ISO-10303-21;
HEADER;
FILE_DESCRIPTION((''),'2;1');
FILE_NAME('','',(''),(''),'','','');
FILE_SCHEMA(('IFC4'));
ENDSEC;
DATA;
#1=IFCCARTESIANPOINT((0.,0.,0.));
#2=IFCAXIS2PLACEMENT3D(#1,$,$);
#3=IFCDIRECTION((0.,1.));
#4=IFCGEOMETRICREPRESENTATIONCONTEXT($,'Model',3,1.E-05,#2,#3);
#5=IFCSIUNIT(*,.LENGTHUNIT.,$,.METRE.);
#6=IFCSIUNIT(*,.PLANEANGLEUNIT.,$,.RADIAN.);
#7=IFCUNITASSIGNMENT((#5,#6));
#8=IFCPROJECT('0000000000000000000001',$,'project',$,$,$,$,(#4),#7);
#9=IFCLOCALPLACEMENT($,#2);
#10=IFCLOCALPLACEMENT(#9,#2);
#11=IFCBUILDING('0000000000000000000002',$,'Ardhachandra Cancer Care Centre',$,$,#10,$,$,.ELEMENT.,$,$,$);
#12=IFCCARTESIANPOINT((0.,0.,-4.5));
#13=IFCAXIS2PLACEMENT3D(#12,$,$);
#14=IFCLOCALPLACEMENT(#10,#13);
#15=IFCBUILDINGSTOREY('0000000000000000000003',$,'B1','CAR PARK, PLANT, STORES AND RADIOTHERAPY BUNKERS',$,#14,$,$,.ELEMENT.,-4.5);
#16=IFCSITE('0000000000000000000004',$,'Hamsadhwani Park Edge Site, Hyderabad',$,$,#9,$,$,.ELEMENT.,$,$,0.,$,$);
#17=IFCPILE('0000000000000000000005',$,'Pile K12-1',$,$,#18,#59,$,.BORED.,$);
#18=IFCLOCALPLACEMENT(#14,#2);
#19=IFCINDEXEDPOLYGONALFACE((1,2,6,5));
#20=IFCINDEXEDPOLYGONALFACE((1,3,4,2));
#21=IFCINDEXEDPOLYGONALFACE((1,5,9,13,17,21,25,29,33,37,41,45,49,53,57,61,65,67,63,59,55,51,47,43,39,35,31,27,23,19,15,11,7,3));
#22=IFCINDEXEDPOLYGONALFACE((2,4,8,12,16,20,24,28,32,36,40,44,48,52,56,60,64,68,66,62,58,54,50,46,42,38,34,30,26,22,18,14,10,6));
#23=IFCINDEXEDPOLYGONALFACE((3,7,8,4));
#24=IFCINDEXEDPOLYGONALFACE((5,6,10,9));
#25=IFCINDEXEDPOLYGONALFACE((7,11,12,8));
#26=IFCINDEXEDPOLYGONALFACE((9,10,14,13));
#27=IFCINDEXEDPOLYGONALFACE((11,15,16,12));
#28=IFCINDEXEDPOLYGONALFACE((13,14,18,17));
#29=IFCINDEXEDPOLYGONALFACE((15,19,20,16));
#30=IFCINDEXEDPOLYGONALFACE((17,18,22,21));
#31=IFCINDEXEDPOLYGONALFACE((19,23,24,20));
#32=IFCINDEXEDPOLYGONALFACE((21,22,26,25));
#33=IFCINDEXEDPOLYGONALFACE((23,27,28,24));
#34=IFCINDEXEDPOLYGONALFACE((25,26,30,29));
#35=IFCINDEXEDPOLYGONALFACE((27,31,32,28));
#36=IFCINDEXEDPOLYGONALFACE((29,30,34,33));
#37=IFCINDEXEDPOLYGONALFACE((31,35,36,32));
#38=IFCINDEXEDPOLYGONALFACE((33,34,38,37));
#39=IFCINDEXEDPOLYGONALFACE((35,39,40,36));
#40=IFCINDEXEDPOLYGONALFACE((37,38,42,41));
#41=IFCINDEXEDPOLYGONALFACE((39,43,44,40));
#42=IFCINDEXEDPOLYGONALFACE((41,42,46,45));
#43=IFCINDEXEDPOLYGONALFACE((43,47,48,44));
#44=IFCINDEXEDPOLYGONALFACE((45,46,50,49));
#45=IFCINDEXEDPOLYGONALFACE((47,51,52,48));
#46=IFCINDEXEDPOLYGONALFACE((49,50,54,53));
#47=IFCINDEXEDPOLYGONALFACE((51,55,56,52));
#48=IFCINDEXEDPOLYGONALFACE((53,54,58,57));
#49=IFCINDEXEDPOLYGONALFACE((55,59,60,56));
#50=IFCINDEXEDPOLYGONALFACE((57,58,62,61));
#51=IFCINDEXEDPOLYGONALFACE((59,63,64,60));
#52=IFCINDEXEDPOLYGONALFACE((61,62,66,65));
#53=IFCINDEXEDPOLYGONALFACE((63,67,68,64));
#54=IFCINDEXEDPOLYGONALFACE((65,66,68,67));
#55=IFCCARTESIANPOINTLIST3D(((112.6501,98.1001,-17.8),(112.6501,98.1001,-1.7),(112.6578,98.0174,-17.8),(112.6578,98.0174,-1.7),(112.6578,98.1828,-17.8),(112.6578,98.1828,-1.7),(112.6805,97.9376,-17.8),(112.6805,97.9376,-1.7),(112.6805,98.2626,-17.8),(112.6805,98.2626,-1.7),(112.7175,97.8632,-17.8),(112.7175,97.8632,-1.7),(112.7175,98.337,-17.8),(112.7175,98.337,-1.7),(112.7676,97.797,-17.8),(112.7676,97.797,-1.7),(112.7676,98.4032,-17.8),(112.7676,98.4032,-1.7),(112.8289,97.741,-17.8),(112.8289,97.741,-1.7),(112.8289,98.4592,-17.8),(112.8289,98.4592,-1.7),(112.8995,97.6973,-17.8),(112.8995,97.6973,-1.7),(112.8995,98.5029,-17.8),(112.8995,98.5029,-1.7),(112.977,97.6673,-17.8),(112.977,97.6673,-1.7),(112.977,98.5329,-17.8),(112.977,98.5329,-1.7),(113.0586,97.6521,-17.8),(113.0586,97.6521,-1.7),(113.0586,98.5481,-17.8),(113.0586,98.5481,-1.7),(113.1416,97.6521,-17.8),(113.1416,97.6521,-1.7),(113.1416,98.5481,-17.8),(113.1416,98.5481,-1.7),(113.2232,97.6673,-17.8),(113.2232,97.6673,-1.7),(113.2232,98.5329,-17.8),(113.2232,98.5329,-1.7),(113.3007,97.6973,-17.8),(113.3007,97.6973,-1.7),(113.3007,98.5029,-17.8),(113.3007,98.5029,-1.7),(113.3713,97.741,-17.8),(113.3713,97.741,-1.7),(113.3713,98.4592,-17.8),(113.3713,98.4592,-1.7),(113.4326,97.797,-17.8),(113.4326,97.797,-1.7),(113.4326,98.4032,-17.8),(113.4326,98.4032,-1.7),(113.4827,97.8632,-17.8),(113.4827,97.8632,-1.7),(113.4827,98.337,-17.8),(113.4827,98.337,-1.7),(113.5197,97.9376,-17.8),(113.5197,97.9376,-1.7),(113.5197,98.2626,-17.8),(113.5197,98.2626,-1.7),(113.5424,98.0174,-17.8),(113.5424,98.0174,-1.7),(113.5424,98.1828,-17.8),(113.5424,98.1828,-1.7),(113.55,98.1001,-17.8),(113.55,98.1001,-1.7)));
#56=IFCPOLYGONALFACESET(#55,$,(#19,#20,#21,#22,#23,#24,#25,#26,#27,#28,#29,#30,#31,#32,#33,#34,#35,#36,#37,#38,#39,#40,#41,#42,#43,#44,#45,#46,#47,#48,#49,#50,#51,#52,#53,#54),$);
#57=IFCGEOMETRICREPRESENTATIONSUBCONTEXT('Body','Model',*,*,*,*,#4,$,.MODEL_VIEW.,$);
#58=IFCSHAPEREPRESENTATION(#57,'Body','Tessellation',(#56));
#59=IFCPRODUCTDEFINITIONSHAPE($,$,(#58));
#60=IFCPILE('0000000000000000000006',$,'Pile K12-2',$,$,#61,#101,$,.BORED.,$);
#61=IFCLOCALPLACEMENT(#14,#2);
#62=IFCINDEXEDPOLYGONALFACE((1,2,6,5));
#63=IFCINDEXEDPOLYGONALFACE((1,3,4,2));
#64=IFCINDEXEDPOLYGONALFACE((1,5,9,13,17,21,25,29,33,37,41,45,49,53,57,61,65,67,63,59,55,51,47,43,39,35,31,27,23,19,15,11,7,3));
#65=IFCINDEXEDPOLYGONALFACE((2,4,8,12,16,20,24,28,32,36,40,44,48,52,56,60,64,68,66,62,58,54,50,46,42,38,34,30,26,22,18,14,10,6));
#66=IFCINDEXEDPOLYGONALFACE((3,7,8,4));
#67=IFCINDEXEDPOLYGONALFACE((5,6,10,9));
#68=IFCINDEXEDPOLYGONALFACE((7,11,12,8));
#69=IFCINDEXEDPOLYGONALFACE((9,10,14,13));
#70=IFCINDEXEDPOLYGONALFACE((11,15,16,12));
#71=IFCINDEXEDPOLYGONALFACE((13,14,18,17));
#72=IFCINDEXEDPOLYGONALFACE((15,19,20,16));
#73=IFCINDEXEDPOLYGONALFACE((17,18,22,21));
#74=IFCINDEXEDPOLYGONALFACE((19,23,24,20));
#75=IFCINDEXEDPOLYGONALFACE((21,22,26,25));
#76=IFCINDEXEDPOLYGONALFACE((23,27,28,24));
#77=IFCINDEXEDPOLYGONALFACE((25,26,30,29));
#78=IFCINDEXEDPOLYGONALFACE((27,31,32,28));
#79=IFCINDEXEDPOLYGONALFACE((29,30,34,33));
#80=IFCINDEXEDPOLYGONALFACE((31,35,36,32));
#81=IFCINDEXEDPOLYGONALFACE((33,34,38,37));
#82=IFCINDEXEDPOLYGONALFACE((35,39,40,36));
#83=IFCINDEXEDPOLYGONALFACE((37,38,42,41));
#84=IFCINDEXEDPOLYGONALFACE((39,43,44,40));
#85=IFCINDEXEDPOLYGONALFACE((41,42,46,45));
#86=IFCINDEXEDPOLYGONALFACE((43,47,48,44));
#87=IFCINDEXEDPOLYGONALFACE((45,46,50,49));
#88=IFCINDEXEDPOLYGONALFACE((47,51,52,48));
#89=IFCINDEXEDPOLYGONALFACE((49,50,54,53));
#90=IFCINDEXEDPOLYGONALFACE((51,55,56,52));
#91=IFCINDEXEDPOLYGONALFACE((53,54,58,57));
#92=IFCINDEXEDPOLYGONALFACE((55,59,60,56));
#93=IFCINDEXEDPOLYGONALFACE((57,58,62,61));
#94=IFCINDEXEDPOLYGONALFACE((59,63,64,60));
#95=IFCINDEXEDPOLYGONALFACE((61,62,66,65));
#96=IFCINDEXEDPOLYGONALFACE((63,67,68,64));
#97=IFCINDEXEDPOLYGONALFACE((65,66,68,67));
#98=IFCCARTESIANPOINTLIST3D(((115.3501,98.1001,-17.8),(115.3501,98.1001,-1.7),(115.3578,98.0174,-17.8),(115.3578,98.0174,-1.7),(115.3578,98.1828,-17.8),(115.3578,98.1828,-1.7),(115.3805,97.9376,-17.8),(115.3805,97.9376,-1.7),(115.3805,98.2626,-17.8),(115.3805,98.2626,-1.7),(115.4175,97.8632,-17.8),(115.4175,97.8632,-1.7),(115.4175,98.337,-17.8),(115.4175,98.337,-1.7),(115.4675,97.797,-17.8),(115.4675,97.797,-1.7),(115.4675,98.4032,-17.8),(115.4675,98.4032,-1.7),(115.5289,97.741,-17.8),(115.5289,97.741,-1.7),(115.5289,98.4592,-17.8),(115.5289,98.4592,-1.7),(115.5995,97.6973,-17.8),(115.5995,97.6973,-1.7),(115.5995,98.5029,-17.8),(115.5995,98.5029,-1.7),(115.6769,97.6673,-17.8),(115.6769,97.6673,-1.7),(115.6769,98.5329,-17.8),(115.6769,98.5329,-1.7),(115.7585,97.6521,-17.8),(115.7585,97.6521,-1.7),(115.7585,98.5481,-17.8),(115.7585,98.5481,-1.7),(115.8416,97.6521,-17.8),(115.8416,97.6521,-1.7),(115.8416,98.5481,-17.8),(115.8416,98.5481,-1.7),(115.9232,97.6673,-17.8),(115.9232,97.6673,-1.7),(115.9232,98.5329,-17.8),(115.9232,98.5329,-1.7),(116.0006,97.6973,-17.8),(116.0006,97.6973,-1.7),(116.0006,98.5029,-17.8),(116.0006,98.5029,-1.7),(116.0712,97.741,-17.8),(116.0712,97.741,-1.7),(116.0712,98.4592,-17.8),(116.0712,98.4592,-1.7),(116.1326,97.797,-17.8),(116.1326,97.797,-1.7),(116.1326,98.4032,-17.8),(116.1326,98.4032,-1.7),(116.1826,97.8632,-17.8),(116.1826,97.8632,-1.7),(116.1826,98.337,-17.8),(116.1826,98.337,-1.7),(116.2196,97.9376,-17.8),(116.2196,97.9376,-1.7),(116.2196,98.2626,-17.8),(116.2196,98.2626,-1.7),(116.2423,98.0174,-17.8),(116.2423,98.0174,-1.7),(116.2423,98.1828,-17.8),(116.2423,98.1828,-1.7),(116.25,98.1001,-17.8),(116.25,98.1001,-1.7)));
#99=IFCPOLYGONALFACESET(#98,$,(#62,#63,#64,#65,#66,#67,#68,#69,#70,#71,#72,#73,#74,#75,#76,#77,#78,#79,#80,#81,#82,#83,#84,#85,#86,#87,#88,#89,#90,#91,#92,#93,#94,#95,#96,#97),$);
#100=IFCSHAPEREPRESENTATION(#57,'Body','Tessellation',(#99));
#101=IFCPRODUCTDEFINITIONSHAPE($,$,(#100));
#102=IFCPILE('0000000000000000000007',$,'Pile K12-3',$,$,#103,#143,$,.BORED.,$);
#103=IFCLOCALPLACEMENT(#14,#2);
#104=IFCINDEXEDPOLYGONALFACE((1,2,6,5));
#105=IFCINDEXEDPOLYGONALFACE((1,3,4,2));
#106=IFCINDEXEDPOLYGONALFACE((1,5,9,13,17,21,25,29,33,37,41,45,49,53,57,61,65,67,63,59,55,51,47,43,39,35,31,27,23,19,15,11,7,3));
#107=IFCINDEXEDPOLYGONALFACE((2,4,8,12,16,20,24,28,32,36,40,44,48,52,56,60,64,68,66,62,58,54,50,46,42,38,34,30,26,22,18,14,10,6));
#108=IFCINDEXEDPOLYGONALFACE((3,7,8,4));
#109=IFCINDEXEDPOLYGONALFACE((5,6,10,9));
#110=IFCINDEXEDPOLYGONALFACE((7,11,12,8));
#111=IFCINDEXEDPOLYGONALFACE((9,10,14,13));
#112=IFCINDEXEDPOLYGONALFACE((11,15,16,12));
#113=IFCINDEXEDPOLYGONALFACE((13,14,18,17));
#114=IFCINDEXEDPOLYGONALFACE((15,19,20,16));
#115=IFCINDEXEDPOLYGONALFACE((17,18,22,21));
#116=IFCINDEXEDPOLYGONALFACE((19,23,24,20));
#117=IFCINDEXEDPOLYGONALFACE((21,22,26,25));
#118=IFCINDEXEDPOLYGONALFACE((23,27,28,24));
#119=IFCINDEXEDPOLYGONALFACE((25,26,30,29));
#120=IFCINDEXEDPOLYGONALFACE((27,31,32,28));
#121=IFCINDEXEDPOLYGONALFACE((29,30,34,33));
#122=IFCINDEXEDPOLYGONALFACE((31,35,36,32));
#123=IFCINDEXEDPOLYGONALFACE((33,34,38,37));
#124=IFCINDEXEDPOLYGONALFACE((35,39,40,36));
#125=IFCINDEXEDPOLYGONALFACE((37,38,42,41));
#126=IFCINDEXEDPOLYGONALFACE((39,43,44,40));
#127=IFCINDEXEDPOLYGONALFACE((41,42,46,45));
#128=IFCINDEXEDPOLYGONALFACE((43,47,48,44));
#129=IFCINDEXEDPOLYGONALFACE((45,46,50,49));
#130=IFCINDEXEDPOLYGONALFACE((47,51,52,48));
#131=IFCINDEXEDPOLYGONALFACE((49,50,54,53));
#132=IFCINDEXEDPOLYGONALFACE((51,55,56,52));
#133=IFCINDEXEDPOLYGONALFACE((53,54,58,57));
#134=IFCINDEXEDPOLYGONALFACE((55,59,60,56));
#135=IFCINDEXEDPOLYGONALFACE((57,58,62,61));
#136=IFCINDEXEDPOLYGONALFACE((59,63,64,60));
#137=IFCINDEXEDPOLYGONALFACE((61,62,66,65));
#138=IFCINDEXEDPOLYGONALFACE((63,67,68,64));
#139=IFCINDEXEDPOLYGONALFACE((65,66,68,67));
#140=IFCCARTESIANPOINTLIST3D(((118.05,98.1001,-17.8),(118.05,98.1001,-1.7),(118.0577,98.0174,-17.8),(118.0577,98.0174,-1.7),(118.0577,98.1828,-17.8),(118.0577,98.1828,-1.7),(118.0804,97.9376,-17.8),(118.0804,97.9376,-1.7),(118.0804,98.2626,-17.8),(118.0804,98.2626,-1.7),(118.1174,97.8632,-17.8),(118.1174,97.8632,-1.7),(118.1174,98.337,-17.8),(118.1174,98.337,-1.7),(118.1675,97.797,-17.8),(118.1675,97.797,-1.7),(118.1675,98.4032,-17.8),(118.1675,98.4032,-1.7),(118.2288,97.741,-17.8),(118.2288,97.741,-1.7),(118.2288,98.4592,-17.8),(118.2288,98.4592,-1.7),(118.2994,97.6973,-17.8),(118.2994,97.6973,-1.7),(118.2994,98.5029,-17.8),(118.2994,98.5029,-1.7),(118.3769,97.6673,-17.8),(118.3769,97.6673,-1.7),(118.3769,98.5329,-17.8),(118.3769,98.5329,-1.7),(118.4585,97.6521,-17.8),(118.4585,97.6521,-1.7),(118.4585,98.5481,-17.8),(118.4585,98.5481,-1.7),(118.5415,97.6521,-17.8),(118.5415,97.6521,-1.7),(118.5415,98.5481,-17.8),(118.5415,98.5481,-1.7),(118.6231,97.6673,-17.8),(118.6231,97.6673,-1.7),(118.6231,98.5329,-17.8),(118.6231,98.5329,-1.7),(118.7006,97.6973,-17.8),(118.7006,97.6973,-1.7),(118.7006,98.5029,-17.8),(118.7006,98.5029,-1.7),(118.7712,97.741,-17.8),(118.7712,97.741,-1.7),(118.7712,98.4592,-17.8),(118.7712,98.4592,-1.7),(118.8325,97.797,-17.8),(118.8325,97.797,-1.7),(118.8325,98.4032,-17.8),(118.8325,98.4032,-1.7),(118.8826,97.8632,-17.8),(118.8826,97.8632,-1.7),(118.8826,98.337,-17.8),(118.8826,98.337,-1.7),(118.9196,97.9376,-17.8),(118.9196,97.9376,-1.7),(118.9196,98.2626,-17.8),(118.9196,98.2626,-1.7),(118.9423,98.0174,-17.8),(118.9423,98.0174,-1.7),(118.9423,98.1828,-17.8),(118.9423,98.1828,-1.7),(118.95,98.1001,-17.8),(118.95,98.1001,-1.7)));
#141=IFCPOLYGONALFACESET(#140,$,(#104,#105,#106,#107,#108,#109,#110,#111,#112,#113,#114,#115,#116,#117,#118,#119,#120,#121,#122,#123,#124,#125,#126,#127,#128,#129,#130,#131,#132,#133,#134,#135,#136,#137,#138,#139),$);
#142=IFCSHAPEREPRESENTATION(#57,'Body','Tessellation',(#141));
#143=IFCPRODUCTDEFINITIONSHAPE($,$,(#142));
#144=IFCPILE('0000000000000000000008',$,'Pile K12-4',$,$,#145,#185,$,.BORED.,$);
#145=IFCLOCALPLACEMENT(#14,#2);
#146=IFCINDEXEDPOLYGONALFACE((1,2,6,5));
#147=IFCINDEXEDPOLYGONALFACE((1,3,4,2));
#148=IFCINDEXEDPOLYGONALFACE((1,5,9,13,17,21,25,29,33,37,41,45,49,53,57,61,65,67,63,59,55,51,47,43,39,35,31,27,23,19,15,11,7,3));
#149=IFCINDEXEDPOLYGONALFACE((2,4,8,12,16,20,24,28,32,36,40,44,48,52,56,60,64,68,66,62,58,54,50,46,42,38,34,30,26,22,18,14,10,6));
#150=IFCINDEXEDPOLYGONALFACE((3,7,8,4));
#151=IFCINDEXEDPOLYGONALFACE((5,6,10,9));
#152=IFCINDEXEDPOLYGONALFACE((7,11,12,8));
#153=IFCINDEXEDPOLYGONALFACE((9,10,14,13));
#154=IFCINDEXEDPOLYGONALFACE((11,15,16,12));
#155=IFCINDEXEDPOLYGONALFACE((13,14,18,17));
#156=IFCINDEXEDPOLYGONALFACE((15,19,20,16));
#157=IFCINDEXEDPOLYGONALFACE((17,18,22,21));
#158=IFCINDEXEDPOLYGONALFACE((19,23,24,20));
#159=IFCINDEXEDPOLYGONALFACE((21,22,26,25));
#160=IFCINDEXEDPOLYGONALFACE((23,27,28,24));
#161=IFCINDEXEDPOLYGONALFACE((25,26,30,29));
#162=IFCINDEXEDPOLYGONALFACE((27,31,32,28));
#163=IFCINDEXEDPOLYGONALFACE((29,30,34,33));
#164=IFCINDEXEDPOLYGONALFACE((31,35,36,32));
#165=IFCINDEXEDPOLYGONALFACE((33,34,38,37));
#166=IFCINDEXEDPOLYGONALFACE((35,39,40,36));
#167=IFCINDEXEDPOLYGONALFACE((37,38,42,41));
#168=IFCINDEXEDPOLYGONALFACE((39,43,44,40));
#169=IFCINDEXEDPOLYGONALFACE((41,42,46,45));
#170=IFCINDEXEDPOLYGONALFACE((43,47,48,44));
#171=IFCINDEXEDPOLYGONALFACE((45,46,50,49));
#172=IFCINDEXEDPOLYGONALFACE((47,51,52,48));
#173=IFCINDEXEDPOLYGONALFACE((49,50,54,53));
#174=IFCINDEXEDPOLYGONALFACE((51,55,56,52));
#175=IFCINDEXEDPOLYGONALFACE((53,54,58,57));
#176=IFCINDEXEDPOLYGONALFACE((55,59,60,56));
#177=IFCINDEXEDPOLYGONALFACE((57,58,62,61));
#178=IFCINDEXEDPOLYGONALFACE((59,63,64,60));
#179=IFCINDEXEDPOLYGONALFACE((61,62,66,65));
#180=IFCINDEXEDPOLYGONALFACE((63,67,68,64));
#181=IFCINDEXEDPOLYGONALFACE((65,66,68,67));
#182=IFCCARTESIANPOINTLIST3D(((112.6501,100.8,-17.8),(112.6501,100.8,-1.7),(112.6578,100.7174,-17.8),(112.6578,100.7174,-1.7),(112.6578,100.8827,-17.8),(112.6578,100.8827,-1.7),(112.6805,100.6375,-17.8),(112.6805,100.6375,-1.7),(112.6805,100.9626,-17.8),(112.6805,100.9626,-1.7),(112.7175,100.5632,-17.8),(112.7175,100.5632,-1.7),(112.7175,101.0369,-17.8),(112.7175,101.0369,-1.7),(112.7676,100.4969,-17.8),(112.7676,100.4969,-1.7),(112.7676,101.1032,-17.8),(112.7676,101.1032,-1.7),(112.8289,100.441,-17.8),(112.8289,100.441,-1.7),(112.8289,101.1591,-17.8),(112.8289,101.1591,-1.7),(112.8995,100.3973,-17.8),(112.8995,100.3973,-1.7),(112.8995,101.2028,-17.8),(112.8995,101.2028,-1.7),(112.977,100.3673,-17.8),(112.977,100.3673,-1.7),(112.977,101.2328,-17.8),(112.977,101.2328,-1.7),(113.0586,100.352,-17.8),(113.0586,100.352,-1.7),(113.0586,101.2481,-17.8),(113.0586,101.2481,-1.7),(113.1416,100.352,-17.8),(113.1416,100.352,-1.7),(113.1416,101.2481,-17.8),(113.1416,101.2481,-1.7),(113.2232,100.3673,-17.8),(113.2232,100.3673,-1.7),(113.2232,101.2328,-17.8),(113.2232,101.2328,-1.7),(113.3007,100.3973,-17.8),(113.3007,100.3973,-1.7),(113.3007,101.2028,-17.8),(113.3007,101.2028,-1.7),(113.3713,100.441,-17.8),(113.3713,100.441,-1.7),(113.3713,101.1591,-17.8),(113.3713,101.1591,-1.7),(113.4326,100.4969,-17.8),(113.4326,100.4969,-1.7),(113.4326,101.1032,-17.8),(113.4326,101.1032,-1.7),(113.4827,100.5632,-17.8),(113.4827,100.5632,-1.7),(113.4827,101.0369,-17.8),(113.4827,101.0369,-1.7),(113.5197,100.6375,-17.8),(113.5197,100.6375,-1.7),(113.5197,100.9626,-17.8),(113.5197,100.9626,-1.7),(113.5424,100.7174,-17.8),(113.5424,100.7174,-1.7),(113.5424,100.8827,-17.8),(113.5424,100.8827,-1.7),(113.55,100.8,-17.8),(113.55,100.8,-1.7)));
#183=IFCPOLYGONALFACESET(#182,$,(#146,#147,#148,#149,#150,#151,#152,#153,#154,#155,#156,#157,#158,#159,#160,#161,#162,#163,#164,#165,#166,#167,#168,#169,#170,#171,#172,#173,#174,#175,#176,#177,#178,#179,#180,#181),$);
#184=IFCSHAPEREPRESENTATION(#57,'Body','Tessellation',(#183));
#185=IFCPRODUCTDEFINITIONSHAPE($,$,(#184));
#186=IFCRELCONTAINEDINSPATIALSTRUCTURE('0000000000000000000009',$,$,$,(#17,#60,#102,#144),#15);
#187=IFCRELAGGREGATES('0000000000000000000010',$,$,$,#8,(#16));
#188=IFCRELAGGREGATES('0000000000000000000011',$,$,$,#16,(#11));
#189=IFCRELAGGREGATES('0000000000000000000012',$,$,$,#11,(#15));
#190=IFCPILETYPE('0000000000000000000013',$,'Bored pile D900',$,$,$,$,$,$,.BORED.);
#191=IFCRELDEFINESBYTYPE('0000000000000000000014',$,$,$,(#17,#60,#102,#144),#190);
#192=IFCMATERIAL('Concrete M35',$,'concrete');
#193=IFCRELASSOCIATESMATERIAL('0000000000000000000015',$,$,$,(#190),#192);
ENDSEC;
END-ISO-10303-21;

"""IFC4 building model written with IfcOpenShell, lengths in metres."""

from ifc_helpers import new_model, si_unit, direction, frame, origin, origin_2d, place, context, subcontext, project, spatial, circle, extrude, material, material_profile, profile_set, type_object, element, save


model = new_model("IFC4")

# Units and contexts
model_context = context("Model", 3, precision=1e-05, world=origin(), true_north=direction((0.0, 1.0)))
body_context = subcontext(model_context, "Body", "Model", "MODEL_VIEW")
ifc_project = project(units=[si_unit("LENGTHUNIT", "METRE"), si_unit("PLANEANGLEUNIT", "RADIAN")], contexts=[model_context])

# Site, building, storey
site_placement = place(None, origin())
site = spatial("IfcSite", under=ifc_project, at=site_placement, Name="Hamsadhwani Park Edge Site, Hyderabad", CompositionType="ELEMENT", RefElevation=0.0)
building_placement = place(site_placement, origin())
building = spatial("IfcBuilding", under=site, at=building_placement, Name="Ardhachandra Cancer Care Centre", CompositionType="ELEMENT")
storey_placement = place(building_placement, frame((0.0, 0.0, -4.5)))
storey = spatial("IfcBuildingStorey", under=building, at=storey_placement, Name="B1", Description="CAR PARK, PLANT, STORES AND RADIOTHERAPY BUNKERS", CompositionType="ELEMENT", Elevation=-4.5)

# Piles
ifc_material_1 = material(Name="Concrete M35", Category="concrete")
ifc_material_profile = material_profile(ifc_material_1, circle(Radius=0.45, at=origin_2d()), Name="D900")
ifc_profile_set = profile_set([ifc_material_profile], Name="Concrete M35")
pile_type = type_object("IfcPileType", Name="Bored pile D900", PredefinedType="BORED", material=ifc_profile_set)
for number, where, z_axis, x_axis, name in (
    (1, (113.1001, 98.1001, -1.7), (0.0, 0.0, -1.0), (1.0, 0.0, 0.0), "Pile K12-1"),
    (2, (115.8, 98.1001, -1.7), (0.0, 0.0, -1.0), (1.0, 0.0, 0.0), "Pile K12-2"),
    (3, (118.5, 98.1001, -1.7), (0.0, 0.0, -1.0), (1.0, 0.0, 0.0), "Pile K12-3"),
    (4, (113.1001, 100.8, -1.7), (0.0, 0.0, -1.0), (1.0, 0.0, 0.0), "Pile K12-4"),
):
    element("IfcPile", number, at=place(storey_placement, frame(where, z_axis=z_axis, x_axis=x_axis)), inside=storey, type_object=pile_type, Name=name, PredefinedType="BORED", context=body_context, shape_type="SweptSolid", body=[
        extrude(circle(Radius=0.45, at=origin_2d()), origin(), (0.0, 0.0, 1.0), 16.1001),
    ])

save(model, "model.ifc")
